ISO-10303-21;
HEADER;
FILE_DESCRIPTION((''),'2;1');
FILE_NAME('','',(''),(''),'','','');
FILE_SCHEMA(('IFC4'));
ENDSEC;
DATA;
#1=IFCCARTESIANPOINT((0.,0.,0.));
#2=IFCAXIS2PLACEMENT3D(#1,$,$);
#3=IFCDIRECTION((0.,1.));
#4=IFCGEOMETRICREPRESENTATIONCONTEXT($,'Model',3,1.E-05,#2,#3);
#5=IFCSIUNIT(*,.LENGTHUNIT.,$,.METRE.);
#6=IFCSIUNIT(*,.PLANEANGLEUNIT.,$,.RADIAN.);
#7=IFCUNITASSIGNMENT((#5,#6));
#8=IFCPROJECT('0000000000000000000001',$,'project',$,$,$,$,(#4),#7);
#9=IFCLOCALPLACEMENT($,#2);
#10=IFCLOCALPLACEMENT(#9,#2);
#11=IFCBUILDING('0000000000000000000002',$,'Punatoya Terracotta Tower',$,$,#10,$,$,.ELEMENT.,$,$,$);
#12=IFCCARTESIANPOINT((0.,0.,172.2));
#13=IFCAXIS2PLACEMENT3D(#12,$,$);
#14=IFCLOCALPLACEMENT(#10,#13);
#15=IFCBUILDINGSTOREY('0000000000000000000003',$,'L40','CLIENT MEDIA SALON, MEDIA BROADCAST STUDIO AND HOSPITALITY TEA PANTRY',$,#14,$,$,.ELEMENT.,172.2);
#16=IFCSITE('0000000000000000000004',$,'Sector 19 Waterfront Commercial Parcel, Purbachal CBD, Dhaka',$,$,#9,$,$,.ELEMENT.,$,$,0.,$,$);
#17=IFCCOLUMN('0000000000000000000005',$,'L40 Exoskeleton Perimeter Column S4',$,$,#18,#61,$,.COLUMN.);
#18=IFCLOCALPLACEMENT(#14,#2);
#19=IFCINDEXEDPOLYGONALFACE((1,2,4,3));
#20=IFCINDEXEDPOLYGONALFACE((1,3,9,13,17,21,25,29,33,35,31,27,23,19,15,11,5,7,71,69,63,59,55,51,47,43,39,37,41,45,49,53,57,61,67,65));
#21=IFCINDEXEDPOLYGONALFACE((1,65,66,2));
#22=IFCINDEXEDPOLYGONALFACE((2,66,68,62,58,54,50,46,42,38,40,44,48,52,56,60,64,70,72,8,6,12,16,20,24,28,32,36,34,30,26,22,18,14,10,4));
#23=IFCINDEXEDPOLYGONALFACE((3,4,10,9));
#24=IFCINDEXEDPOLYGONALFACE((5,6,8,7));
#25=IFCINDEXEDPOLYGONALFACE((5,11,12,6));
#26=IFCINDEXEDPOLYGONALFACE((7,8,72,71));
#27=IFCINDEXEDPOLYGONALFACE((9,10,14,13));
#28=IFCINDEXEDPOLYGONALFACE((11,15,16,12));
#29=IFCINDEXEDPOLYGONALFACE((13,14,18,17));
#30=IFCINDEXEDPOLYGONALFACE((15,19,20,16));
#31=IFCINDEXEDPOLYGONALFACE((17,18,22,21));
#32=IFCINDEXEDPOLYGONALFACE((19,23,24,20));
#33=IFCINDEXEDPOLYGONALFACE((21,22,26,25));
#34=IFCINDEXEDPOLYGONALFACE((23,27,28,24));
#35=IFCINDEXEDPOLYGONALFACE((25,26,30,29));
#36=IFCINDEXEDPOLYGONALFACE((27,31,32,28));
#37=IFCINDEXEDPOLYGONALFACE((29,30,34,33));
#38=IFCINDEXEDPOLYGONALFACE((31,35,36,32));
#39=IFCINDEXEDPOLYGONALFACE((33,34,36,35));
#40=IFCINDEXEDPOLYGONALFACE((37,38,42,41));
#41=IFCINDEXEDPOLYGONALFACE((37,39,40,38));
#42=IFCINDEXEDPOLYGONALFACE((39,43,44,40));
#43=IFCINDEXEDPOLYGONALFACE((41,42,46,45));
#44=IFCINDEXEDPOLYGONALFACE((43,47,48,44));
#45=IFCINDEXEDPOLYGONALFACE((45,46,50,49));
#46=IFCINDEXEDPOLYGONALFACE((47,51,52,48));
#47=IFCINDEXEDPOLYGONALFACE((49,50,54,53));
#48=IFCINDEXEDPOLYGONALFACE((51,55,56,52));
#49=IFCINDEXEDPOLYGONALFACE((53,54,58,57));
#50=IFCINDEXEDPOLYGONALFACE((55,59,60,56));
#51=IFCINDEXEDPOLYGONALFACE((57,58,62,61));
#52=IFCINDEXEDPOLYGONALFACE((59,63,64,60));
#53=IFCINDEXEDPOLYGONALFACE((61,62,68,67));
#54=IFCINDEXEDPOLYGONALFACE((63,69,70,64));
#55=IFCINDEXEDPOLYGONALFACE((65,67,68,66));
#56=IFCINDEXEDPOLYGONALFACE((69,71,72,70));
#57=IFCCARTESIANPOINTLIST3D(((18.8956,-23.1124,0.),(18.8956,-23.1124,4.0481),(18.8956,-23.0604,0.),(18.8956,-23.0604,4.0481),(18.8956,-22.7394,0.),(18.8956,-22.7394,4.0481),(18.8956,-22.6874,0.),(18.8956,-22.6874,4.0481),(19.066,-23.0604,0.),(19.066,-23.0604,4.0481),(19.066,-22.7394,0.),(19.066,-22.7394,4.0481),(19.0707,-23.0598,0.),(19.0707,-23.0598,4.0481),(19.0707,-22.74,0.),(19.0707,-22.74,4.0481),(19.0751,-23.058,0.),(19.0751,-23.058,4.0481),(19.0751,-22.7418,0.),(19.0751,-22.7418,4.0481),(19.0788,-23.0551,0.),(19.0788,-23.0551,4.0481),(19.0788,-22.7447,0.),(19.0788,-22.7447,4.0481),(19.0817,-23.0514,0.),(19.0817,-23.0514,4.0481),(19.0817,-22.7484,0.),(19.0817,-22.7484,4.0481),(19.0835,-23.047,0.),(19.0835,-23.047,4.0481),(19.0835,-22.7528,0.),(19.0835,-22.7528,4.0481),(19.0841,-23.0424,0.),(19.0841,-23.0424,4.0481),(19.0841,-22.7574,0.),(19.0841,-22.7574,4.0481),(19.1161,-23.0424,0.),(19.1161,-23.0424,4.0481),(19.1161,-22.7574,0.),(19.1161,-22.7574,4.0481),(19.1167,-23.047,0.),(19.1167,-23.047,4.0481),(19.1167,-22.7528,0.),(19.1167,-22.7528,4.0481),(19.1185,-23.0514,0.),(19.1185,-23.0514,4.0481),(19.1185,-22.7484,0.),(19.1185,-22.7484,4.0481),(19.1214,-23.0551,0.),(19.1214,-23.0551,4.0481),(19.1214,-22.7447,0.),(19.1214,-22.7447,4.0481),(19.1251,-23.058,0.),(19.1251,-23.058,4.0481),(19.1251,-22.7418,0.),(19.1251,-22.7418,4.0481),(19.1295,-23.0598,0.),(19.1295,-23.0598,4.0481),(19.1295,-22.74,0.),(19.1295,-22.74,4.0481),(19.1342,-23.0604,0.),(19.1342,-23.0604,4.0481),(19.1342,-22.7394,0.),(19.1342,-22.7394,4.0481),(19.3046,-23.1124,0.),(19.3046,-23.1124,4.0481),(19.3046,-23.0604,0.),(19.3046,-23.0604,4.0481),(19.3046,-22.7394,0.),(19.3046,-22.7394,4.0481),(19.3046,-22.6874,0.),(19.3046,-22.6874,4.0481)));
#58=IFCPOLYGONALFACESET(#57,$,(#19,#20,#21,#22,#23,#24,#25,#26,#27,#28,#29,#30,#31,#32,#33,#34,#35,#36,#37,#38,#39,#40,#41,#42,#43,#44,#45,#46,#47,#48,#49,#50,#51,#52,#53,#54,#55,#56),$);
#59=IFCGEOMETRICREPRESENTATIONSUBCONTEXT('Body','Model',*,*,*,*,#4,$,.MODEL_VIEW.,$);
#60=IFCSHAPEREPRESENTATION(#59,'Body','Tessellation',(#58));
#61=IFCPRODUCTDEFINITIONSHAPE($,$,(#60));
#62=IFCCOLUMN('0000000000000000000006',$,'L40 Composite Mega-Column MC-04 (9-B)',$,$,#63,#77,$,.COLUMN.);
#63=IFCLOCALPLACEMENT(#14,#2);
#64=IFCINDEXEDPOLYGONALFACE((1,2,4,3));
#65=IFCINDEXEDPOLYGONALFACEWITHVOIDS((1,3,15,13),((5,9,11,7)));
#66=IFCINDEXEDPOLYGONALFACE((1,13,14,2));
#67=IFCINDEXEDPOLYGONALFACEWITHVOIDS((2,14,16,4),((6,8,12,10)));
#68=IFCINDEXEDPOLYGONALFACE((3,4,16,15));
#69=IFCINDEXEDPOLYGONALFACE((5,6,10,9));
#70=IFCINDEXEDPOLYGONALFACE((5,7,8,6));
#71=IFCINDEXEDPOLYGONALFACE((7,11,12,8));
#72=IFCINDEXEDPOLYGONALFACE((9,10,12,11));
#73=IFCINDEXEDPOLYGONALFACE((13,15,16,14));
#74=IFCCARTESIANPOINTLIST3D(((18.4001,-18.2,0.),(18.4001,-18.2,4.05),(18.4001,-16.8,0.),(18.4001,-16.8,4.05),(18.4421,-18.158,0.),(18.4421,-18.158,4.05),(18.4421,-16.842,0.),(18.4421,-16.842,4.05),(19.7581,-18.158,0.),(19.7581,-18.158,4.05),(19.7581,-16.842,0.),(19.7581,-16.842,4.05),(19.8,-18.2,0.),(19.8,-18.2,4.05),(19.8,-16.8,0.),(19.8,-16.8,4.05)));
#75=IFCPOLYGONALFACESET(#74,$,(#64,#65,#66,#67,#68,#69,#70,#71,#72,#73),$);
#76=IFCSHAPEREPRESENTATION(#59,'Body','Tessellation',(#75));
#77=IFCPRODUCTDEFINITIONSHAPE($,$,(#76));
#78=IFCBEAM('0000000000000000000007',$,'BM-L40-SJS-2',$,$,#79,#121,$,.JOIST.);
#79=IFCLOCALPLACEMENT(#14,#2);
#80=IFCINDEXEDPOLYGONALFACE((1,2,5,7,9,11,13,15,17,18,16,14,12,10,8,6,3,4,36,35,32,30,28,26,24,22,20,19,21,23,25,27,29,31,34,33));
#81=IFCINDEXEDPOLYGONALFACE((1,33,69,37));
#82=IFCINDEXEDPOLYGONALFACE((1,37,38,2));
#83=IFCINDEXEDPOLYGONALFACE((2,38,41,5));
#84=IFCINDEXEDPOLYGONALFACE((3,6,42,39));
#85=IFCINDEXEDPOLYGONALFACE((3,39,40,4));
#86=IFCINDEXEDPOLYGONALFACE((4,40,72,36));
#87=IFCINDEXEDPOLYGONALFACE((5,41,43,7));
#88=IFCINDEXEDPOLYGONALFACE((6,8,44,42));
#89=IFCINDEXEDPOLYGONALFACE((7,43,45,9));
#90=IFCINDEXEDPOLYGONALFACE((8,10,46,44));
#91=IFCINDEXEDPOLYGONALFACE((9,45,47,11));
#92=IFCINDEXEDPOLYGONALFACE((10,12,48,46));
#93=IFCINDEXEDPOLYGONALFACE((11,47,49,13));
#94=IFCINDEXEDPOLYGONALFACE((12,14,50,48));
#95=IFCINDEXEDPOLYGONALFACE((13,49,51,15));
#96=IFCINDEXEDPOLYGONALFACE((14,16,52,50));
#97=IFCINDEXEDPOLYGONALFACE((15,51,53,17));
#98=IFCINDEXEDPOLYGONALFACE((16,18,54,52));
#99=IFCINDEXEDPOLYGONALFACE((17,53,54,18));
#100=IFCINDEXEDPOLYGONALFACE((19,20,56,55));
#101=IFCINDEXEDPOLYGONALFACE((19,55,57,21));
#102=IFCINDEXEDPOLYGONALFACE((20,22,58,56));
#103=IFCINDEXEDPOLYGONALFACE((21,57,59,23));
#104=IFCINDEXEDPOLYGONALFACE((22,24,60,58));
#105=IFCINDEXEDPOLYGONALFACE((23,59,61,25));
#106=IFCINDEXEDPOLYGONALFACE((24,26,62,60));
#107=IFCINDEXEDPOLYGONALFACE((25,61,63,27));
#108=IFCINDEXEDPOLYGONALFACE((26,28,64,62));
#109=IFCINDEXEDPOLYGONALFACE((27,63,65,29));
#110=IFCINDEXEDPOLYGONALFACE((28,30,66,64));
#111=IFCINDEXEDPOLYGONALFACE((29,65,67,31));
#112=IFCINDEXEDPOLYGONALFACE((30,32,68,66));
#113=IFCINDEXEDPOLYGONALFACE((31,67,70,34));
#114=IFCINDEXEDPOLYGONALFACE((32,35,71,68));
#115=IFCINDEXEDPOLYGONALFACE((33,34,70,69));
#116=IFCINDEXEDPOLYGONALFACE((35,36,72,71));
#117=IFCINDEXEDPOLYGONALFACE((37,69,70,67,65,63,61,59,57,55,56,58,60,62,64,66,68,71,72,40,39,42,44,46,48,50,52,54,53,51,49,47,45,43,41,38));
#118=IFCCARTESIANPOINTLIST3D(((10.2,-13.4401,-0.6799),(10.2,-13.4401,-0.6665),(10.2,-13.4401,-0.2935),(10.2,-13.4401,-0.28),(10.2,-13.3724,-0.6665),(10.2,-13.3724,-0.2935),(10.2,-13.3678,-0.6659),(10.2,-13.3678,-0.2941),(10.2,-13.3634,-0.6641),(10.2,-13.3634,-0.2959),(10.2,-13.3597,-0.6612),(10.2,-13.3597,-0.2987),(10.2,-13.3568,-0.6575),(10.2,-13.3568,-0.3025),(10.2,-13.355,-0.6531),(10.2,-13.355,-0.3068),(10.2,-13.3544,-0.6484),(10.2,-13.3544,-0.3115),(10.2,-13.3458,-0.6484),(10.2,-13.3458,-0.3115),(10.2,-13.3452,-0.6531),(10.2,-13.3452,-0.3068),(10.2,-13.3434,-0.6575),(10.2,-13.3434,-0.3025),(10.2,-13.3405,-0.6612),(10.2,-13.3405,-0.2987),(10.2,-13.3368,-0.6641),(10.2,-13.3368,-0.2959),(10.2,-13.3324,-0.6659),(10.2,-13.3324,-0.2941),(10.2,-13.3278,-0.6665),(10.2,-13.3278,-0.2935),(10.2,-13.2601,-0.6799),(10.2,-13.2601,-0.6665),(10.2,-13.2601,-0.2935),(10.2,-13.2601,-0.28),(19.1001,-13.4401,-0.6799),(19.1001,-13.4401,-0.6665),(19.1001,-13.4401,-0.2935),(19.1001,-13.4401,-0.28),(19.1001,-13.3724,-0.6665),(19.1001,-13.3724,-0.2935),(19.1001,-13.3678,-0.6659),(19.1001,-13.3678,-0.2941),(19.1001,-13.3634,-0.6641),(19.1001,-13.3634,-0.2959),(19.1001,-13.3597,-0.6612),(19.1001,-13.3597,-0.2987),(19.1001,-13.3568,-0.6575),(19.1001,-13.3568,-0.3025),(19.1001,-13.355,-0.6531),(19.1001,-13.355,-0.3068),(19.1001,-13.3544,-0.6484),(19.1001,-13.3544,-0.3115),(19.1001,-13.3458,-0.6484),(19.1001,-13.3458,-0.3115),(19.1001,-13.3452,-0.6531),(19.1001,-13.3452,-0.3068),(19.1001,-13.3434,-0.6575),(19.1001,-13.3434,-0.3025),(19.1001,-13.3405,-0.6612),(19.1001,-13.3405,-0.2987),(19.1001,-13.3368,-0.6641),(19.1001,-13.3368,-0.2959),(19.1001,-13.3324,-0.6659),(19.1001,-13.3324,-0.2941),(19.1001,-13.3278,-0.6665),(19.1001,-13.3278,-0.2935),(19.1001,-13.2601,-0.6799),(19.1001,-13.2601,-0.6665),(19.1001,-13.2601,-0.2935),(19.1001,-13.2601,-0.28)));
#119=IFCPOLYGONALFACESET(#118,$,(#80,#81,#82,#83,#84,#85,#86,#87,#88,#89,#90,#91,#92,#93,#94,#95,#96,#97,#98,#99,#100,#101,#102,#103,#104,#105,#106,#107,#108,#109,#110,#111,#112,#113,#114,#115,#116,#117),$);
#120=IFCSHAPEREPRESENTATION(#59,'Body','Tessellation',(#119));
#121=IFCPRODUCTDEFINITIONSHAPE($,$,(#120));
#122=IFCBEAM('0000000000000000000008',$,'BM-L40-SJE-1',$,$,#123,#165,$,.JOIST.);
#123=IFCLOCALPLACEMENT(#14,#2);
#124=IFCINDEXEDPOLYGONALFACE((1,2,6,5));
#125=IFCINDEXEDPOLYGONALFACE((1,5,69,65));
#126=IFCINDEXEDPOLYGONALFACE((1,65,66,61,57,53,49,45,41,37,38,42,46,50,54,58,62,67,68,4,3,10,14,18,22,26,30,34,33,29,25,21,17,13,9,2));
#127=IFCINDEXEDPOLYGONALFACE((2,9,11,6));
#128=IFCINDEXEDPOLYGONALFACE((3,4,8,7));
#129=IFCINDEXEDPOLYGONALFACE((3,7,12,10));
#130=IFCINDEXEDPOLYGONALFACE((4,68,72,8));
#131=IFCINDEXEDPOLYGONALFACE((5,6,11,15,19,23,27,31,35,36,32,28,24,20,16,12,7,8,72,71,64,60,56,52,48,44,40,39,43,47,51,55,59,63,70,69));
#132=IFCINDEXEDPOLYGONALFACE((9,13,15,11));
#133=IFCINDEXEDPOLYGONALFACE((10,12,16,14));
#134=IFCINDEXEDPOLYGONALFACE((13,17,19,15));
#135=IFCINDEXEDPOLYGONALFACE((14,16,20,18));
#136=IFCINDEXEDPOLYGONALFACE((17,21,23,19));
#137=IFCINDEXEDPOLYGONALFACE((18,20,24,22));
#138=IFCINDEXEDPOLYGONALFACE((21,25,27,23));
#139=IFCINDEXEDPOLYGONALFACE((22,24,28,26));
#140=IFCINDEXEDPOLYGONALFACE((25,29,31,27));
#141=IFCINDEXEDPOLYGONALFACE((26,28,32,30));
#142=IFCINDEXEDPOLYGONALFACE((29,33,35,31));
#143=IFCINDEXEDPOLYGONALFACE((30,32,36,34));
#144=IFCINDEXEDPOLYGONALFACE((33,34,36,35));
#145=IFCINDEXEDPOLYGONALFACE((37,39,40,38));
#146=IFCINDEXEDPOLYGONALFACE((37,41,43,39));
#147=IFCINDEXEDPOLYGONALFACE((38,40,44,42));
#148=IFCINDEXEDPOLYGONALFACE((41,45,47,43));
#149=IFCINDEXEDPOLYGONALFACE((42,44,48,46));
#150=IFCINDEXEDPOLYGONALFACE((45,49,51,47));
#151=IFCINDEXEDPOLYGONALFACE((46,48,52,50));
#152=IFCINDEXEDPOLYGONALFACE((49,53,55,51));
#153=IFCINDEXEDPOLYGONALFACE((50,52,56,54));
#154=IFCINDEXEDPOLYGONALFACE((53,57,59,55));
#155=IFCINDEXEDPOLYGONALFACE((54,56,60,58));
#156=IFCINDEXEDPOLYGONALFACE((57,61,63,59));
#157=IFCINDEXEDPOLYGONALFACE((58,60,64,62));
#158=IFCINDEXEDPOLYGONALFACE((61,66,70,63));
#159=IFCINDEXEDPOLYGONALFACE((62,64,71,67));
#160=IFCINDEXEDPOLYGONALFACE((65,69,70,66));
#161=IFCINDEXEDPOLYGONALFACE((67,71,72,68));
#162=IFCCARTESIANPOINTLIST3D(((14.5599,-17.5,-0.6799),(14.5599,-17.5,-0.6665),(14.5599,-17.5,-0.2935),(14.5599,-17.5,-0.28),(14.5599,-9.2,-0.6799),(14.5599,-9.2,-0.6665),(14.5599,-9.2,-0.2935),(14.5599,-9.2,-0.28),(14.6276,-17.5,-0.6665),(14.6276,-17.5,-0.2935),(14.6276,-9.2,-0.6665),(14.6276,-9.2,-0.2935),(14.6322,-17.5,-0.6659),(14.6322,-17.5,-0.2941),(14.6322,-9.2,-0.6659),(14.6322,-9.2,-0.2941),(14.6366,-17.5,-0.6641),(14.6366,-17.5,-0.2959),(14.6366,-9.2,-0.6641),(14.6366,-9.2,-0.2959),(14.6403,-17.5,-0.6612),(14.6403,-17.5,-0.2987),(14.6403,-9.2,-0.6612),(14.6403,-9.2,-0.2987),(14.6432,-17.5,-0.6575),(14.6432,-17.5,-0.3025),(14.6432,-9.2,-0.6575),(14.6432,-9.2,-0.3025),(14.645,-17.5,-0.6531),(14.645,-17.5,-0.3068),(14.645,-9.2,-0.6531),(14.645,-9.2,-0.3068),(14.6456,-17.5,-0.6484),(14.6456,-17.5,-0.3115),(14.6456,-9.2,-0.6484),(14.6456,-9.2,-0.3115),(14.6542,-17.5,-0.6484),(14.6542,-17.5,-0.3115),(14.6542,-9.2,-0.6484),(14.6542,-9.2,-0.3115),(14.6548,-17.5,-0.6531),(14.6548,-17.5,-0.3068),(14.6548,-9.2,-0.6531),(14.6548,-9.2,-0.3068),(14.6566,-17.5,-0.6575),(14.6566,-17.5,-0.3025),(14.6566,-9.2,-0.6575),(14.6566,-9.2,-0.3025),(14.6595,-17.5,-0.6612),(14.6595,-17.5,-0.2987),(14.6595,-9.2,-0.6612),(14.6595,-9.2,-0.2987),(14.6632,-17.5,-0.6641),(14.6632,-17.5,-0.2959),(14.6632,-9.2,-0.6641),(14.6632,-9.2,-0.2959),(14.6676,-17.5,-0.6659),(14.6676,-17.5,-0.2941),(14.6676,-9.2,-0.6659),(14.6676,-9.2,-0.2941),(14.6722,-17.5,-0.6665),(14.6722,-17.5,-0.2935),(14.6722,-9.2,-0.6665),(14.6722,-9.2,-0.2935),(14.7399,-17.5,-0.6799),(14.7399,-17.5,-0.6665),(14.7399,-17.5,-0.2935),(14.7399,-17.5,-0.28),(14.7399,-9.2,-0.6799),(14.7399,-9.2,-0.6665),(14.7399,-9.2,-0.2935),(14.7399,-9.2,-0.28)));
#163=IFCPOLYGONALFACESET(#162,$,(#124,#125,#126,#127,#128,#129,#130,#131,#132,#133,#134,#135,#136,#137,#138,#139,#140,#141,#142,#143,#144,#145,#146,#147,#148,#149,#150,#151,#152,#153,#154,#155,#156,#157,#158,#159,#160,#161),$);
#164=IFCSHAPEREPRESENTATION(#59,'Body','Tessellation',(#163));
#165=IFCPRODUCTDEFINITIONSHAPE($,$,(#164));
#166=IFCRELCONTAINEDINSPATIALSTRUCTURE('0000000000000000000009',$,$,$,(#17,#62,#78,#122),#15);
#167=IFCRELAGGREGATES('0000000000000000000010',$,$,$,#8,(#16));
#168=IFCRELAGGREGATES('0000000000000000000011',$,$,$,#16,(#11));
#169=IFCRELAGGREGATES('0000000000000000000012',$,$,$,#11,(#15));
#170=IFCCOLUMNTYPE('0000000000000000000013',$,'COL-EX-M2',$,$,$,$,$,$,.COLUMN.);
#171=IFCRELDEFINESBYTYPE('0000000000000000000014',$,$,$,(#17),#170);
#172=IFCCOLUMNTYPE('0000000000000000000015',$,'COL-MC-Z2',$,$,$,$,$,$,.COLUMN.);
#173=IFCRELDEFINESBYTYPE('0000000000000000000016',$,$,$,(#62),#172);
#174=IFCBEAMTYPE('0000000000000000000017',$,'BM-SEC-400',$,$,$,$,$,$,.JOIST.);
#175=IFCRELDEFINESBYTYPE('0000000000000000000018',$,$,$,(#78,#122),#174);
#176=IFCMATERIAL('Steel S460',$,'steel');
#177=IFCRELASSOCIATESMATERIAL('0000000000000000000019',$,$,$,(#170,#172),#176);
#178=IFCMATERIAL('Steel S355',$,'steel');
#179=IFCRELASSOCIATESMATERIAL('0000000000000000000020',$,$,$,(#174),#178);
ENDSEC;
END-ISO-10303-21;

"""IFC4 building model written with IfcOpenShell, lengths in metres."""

from ifc_helpers import new_model, si_unit, direction, frame, origin, origin_2d, place, context, subcontext, project, spatial, hollow_rectangle, i_section, extrude, material, material_profile, profile_set, type_object, element, save


model = new_model("IFC4")

# Units and contexts
model_context = context("Model", 3, precision=1e-05, world=origin(), true_north=direction((0.0, 1.0)))
body_context = subcontext(model_context, "Body", "Model", "MODEL_VIEW")
ifc_project = project(units=[si_unit("LENGTHUNIT", "METRE"), si_unit("PLANEANGLEUNIT", "RADIAN")], contexts=[model_context])

# Site, building, storey
site_placement = place(None, origin())
site = spatial("IfcSite", under=ifc_project, at=site_placement, Name="Sector 19 Waterfront Commercial Parcel, Purbachal CBD, Dhaka", CompositionType="ELEMENT", RefElevation=0.0)
building_placement = place(site_placement, origin())
building = spatial("IfcBuilding", under=site, at=building_placement, Name="Punatoya Terracotta Tower", CompositionType="ELEMENT")
storey_placement = place(building_placement, frame((0.0, 0.0, 172.2)))
storey = spatial("IfcBuildingStorey", under=building, at=storey_placement, Name="L40", Description="CLIENT MEDIA SALON, MEDIA BROADCAST STUDIO AND HOSPITALITY TEA PANTRY", CompositionType="ELEMENT", Elevation=172.2)

# Columns
ifc_material_1 = material(Name="Steel S460", Category="steel")
ifc_material_profile_1 = material_profile(ifc_material_1, i_section(OverallWidth=0.4089, OverallDepth=0.425, WebThickness=0.032, FlangeThickness=0.052, FilletRadius=0.0181, at=origin_2d()))
ifc_profile_set_1 = profile_set([ifc_material_profile_1], Name="Steel S460")
column_type_1 = type_object("IfcColumnType", Name="COL-EX-M2", PredefinedType="COLUMN", material=ifc_profile_set_1)
column_1_placement = place(storey_placement, frame((19.1001, -22.8999, 0.0), z_axis=(0.0, 0.0, 1.0), x_axis=(1.0, 0.0, 0.0)))
element("IfcColumn", 1, at=column_1_placement, inside=storey, type_object=column_type_1, Name="L40 Exoskeleton Perimeter Column S4", PredefinedType="COLUMN", context=body_context, shape_type="SweptSolid", body=[
    extrude(i_section(OverallWidth=0.4089, OverallDepth=0.425, WebThickness=0.032, FlangeThickness=0.052, FilletRadius=0.0181, at=origin_2d()), origin(), (0.0, 0.0, 1.0), 4.0481),
])
ifc_material_profile_2 = material_profile(ifc_material_1, hollow_rectangle(XDim=1.3999, YDim=1.3999, WallThickness=0.042, at=origin_2d()))
ifc_profile_set_2 = profile_set([ifc_material_profile_2], Name="Steel S460")
column_type_2 = type_object("IfcColumnType", Name="COL-MC-Z2", PredefinedType="COLUMN", material=ifc_profile_set_2)
column_2_placement = place(storey_placement, frame((19.1001, -17.5, 0.0), z_axis=(0.0, 0.0, 1.0), x_axis=(1.0, 0.0, 0.0)))
element("IfcColumn", 2, at=column_2_placement, inside=storey, type_object=column_type_2, Name="L40 Composite Mega-Column MC-04 (9-B)", PredefinedType="COLUMN", context=body_context, shape_type="SweptSolid", body=[
    extrude(hollow_rectangle(XDim=1.3999, YDim=1.3999, WallThickness=0.042, at=origin_2d()), origin(), (0.0, 0.0, 1.0), 4.05),
])

# Beams
ifc_material_2 = material(Name="Steel S355", Category="steel")
ifc_material_profile_3 = material_profile(ifc_material_2, i_section(OverallWidth=0.1799, OverallDepth=0.3999, WebThickness=0.0085, FlangeThickness=0.0134, FilletRadius=0.0181, at=origin_2d()))
ifc_profile_set_3 = profile_set([ifc_material_profile_3], Name="Steel S355")
beam_type_1 = type_object("IfcBeamType", Name="BM-SEC-400", PredefinedType="JOIST", material=ifc_profile_set_3)
beam_1_placement = place(storey_placement, frame((10.2, -13.3501, -0.48), z_axis=(1.0, 0.0, 0.0), x_axis=(0.0, 1.0, 0.0)))
element("IfcBeam", 3, at=beam_1_placement, inside=storey, type_object=beam_type_1, Name="BM-L40-SJS-2", PredefinedType="JOIST", context=body_context, shape_type="SweptSolid", body=[
    extrude(i_section(OverallWidth=0.1799, OverallDepth=0.3999, WebThickness=0.0085, FlangeThickness=0.0134, FilletRadius=0.0181, at=origin_2d()), origin(), (0.0, 0.0, 1.0), 8.9001),
])
beam_2_placement = place(storey_placement, frame((14.6499, -17.5, -0.48), z_axis=(0.0, 1.0, 0.0), x_axis=(-1.0, 0.0, 0.0)))
element("IfcBeam", 4, at=beam_2_placement, inside=storey, type_object=beam_type_1, Name="BM-L40-SJE-1", PredefinedType="JOIST", context=body_context, shape_type="SweptSolid", body=[
    extrude(i_section(OverallWidth=0.1799, OverallDepth=0.3999, WebThickness=0.0085, FlangeThickness=0.0134, FilletRadius=0.0181, at=origin_2d()), origin(), (0.0, 0.0, 1.0), 8.3),
])

save(model, "model.ifc")
